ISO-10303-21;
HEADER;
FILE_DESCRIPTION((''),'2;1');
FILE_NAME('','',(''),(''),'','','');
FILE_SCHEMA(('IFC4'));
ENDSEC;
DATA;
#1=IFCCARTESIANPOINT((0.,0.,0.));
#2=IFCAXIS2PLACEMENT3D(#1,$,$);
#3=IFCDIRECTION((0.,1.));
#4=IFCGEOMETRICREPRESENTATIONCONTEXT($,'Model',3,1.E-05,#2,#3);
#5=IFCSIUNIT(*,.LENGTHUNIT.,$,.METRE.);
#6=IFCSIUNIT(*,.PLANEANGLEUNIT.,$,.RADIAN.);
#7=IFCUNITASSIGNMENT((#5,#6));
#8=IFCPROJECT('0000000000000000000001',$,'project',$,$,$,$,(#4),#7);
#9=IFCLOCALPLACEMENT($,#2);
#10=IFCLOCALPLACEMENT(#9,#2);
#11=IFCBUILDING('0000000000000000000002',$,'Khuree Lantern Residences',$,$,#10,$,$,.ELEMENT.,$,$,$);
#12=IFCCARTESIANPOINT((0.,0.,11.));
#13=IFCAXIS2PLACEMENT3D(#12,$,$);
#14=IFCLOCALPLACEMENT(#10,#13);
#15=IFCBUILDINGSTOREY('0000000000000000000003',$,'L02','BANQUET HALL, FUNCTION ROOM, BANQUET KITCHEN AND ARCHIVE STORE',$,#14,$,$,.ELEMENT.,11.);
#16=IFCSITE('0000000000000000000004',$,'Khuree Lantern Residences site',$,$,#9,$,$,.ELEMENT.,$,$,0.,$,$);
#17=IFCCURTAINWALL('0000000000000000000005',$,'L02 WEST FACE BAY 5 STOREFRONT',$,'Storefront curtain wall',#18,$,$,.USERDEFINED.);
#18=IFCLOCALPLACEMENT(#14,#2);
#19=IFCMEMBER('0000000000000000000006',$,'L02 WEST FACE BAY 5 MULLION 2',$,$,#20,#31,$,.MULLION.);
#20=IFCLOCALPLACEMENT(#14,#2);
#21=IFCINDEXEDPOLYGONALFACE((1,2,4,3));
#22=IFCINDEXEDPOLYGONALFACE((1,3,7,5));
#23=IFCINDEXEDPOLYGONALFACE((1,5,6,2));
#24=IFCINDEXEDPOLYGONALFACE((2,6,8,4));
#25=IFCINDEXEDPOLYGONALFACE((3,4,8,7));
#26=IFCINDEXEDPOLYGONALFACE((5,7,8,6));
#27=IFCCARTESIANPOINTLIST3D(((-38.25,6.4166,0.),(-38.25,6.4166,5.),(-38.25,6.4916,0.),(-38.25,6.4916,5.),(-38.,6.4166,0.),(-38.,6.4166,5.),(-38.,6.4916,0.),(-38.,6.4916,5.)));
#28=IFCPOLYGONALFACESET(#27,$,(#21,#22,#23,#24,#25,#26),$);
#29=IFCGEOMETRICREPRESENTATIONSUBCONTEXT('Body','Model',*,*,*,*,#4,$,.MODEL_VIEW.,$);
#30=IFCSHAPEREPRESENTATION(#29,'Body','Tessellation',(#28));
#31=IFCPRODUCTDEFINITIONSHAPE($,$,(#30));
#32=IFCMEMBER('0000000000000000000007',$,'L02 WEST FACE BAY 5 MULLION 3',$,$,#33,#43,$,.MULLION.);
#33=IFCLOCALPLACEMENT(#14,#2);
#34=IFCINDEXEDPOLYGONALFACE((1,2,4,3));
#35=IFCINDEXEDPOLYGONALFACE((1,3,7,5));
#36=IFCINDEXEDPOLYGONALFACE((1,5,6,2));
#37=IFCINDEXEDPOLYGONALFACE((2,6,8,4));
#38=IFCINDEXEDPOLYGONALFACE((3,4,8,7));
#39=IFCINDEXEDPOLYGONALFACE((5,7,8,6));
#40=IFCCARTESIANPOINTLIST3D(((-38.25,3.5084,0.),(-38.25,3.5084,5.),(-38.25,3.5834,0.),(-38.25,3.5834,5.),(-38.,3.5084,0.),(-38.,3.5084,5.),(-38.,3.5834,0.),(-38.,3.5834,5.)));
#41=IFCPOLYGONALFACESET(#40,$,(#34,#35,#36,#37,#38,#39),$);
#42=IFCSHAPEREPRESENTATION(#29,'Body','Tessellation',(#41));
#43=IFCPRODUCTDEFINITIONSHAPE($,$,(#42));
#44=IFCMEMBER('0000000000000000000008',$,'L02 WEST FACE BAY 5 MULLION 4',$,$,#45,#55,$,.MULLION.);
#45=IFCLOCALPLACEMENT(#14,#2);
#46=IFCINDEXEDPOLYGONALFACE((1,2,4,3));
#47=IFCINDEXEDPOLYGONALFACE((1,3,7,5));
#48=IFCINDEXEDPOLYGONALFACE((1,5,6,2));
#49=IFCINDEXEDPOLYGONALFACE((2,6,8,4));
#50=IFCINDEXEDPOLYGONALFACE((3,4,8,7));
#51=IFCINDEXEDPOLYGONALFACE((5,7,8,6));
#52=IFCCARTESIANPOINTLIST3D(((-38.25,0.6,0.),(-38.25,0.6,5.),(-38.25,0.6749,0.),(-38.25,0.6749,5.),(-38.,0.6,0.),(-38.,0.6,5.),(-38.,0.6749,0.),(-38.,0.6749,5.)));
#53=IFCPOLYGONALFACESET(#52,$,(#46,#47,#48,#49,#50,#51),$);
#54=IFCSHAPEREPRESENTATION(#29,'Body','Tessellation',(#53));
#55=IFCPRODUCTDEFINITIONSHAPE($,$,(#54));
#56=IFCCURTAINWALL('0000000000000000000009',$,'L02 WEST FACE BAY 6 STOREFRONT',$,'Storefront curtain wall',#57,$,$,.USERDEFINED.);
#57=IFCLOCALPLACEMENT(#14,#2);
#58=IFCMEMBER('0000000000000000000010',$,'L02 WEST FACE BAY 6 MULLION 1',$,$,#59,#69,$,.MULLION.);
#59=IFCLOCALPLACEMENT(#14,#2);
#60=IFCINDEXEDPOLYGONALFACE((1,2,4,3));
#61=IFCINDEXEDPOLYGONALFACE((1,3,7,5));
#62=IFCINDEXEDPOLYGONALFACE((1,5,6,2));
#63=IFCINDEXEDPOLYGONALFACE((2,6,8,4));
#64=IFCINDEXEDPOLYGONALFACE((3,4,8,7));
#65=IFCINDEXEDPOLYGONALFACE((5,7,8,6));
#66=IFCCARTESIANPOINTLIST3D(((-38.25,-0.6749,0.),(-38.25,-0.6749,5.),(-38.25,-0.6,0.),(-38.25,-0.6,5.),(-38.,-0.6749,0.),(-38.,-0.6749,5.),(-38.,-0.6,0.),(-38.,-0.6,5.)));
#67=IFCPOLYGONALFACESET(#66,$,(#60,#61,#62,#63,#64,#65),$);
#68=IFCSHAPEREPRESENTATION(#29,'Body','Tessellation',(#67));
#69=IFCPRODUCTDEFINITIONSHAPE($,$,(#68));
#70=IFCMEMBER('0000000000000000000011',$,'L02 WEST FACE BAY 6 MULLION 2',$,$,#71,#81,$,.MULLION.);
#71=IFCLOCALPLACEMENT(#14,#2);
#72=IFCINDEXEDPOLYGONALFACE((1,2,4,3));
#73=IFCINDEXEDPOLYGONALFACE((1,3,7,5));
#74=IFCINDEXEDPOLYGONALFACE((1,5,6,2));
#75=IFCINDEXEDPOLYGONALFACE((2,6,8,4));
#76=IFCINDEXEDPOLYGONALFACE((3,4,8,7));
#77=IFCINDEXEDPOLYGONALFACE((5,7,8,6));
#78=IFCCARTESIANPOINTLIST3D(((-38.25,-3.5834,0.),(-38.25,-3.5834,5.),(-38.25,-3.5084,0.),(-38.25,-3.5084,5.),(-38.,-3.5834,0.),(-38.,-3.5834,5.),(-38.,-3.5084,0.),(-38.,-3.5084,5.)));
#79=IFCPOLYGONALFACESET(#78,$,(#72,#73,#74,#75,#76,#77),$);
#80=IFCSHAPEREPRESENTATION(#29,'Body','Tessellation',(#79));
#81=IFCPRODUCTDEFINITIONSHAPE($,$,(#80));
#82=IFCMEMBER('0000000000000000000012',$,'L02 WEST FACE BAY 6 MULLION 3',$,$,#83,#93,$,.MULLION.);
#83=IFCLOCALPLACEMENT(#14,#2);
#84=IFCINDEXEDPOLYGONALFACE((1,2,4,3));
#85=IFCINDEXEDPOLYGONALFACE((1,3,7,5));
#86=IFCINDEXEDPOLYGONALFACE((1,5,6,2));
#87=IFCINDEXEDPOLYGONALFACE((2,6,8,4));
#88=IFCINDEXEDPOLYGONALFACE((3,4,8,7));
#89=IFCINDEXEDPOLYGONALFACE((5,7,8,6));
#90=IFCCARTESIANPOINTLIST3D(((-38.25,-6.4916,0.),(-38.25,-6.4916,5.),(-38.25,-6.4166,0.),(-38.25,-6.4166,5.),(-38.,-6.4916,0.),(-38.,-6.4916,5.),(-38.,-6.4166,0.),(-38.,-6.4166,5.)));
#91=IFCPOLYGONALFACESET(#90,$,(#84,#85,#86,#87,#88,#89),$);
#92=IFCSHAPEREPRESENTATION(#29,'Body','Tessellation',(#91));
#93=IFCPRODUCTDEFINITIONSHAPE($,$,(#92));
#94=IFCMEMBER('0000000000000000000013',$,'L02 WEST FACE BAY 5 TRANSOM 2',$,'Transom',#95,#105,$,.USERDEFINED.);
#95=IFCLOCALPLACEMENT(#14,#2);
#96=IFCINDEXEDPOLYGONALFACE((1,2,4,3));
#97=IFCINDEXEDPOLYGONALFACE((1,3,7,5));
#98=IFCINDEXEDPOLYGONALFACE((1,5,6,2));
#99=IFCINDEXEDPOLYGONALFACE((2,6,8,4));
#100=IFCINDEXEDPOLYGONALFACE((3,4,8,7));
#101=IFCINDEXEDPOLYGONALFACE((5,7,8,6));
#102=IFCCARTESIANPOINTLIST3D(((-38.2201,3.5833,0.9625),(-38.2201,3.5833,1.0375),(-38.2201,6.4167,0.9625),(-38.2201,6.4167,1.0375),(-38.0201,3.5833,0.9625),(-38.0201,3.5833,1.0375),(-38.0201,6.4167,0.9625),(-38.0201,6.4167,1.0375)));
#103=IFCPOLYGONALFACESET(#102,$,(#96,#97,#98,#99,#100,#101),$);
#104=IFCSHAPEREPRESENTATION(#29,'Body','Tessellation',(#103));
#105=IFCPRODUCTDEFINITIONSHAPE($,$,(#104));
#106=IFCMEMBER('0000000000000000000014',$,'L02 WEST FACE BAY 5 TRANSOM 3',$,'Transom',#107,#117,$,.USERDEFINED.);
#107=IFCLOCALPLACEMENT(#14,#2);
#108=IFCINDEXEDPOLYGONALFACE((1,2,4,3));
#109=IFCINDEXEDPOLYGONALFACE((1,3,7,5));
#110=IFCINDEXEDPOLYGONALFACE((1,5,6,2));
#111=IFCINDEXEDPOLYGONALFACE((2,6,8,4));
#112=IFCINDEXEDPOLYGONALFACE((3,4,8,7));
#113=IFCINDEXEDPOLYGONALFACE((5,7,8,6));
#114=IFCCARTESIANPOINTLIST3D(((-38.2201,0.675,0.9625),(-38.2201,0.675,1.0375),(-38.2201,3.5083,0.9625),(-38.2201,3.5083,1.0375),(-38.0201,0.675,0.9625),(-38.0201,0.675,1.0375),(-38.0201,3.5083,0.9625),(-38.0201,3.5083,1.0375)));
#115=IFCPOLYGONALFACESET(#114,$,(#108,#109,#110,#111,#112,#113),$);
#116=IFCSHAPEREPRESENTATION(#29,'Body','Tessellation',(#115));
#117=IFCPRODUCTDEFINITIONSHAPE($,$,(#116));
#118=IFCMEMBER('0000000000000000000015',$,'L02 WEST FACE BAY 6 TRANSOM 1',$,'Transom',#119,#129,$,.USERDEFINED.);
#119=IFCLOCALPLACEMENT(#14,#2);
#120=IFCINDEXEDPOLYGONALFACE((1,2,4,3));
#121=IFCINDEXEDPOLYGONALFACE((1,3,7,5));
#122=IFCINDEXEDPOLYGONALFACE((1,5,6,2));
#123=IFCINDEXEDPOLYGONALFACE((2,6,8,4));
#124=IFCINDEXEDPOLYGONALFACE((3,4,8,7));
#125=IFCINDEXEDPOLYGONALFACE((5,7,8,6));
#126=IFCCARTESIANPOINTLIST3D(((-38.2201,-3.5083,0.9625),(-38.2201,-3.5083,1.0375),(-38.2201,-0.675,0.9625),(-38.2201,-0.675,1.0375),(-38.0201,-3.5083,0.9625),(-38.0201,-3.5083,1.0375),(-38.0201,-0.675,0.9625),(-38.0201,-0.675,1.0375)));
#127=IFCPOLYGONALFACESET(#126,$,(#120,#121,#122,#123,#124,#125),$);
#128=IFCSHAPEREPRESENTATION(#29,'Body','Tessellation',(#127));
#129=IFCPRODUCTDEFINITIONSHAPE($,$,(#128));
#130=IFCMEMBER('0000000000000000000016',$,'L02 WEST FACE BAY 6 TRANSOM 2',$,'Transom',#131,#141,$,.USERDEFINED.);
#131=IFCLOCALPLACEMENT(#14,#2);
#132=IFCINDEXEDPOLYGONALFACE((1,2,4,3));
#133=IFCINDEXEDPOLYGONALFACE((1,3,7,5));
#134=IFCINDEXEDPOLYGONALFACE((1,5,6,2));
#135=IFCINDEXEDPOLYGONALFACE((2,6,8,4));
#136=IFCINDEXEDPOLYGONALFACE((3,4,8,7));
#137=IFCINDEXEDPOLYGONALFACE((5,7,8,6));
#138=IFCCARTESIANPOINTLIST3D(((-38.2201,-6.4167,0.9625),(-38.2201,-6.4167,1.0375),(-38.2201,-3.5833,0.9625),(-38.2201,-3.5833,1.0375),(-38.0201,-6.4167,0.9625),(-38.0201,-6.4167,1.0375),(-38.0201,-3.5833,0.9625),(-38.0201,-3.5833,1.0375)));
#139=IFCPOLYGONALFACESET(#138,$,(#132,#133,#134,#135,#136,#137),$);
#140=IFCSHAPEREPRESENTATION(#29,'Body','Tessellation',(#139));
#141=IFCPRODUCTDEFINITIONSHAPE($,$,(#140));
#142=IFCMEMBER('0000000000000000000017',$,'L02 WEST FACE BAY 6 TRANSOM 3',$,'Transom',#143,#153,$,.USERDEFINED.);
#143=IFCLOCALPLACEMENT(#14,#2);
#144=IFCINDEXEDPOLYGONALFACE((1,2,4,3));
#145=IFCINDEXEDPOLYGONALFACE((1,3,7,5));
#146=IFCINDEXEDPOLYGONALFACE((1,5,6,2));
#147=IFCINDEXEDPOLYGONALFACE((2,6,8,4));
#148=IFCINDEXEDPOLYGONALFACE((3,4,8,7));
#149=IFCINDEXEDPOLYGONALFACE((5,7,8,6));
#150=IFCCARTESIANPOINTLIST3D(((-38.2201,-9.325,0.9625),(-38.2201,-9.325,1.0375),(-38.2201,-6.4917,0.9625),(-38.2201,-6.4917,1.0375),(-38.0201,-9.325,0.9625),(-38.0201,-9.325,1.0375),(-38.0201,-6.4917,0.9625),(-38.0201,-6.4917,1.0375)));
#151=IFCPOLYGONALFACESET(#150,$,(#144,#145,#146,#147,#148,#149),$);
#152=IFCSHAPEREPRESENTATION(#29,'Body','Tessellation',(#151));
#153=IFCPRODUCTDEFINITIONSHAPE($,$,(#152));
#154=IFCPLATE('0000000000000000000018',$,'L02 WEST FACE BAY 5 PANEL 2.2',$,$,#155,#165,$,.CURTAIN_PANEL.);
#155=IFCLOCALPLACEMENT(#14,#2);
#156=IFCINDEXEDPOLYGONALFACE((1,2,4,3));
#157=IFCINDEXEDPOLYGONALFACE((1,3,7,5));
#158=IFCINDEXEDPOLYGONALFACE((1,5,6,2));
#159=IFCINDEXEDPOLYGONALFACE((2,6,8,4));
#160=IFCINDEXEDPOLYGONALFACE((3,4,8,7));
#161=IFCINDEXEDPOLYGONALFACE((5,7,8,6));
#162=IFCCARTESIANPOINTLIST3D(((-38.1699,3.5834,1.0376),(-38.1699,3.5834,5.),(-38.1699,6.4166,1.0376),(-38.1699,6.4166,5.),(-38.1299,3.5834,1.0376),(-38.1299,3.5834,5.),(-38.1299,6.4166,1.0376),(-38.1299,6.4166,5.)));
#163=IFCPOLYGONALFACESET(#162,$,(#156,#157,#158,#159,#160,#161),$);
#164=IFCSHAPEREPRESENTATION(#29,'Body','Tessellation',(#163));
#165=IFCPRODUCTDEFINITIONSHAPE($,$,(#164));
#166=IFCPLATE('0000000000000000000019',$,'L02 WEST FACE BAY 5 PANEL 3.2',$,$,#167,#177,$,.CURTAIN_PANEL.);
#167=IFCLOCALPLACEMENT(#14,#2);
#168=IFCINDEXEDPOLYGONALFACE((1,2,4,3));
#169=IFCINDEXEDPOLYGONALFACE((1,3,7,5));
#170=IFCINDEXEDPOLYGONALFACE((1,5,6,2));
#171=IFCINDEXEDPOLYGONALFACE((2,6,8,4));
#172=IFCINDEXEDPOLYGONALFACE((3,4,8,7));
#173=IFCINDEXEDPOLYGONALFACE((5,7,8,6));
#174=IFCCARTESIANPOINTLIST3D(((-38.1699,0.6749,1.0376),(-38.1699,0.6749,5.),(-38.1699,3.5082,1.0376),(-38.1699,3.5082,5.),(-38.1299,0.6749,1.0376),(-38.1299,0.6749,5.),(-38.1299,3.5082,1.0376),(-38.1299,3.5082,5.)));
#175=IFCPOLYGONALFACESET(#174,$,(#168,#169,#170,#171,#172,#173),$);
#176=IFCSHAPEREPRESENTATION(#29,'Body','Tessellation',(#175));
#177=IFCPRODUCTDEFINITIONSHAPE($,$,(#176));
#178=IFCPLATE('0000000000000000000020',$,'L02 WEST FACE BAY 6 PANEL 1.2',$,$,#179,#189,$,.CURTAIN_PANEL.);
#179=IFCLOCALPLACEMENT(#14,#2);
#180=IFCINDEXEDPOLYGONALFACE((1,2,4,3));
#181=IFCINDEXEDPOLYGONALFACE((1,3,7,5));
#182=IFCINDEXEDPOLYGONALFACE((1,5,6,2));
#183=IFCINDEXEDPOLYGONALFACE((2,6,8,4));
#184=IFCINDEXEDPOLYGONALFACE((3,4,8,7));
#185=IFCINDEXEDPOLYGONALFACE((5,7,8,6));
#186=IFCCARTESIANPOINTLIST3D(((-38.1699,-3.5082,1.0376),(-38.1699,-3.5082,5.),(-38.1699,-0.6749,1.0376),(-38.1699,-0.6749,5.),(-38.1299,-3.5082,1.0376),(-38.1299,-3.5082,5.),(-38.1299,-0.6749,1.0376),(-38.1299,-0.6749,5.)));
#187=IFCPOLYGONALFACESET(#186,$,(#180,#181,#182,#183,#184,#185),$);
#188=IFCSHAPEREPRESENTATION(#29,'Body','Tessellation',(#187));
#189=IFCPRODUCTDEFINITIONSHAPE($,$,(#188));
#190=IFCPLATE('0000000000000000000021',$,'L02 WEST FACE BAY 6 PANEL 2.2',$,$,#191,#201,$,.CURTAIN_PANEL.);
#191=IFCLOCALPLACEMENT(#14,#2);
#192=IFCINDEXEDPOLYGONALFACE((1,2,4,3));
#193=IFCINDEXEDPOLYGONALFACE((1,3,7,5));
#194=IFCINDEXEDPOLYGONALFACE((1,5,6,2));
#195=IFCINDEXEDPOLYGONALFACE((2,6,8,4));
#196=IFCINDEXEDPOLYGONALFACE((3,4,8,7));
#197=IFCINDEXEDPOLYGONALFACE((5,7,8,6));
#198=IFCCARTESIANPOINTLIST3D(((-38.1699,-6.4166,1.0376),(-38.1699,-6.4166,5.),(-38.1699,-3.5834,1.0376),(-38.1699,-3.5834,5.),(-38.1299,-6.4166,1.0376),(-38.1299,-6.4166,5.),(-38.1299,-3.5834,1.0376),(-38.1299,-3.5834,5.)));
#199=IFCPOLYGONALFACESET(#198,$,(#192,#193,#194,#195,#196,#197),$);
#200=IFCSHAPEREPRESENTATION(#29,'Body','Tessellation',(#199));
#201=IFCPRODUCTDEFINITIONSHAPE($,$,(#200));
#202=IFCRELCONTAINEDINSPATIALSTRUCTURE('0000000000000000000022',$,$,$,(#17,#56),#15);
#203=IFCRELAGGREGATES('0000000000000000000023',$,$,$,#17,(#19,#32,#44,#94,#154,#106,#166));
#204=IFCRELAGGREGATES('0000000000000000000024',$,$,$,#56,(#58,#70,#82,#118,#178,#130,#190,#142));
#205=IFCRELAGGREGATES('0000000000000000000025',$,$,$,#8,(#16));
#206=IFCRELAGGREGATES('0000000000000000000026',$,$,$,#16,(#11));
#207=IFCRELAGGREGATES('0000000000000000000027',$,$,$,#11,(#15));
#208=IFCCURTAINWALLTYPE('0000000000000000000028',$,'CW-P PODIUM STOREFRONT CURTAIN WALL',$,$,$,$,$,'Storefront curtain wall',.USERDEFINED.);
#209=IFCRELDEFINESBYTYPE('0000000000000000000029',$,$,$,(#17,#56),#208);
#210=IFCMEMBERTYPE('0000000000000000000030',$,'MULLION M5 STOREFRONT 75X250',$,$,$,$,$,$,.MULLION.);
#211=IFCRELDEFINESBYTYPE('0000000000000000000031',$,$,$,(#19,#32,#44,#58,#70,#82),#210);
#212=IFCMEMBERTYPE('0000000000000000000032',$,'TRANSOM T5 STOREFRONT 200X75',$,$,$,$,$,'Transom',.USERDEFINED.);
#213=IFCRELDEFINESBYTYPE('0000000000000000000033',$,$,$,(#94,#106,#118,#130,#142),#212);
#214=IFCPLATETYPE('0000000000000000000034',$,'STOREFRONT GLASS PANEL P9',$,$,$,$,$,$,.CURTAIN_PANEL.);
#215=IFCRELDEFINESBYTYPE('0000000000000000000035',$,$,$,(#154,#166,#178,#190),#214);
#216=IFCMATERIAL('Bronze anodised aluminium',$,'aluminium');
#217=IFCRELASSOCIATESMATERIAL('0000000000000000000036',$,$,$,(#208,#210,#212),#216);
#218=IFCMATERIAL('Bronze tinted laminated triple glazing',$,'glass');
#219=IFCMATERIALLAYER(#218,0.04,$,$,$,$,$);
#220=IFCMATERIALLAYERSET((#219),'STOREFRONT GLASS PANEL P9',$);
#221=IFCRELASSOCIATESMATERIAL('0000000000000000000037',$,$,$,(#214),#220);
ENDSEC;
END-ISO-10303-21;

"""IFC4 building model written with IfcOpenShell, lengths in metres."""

from ifc_helpers import new_model, si_unit, direction, frame, origin, origin_2d, place, context, subcontext, project, spatial, rectangle, extrude, material, layer, layer_set, material_profile, profile_set, type_object, element, aggregate, save


model = new_model("IFC4")

# Units and contexts
model_context = context("Model", 3, precision=1e-05, world=origin(), true_north=direction((0.0, 1.0)))
body_context = subcontext(model_context, "Body", "Model", "MODEL_VIEW")
ifc_project = project(units=[si_unit("LENGTHUNIT", "METRE"), si_unit("PLANEANGLEUNIT", "RADIAN")], contexts=[model_context])

# Site, building, storey
site_placement = place(None, origin())
site = spatial("IfcSite", under=ifc_project, at=site_placement, Name="Khuree Lantern Residences site", CompositionType="ELEMENT", RefElevation=0.0)
building_placement = place(site_placement, origin())
building = spatial("IfcBuilding", under=site, at=building_placement, Name="Khuree Lantern Residences", CompositionType="ELEMENT")
storey_placement = place(building_placement, frame((0.0, 0.0, 11.0)))
storey = spatial("IfcBuildingStorey", under=building, at=storey_placement, Name="L02", Description="BANQUET HALL, FUNCTION ROOM, BANQUET KITCHEN AND ARCHIVE STORE", CompositionType="ELEMENT", Elevation=11.0)

# Curtain walls, members
ifc_material_1 = material(Name="Bronze anodised aluminium", Category="aluminium")
curtain_wall_type = type_object("IfcCurtainWallType", Name="CW-P PODIUM STOREFRONT CURTAIN WALL", ElementType="Storefront curtain wall", PredefinedType="USERDEFINED", material=ifc_material_1)
curtain_wall_1_placement = place(storey_placement, origin())
curtain_wall_1 = element("IfcCurtainWall", 1, at=curtain_wall_1_placement, inside=storey, type_object=curtain_wall_type, Name="L02 WEST FACE BAY 5 STOREFRONT", ObjectType="Storefront curtain wall", PredefinedType="USERDEFINED")
ifc_material_profile_1 = material_profile(ifc_material_1, rectangle(XDim=0.075, YDim=0.25, at=origin_2d()), Name="M5 75X250")
ifc_profile_set_1 = profile_set([ifc_material_profile_1], Name="Bronze anodised aluminium")
member_type_1 = type_object("IfcMemberType", Name="MULLION M5 STOREFRONT 75X250", PredefinedType="MULLION", material=ifc_profile_set_1)
member_1_placement = place(storey_placement, frame((-38.125, 6.4541, 0.0), z_axis=(0.0, 0.0, 1.0), x_axis=(0.0, -1.0, 0.0)))
member_1 = element("IfcMember", 2, at=member_1_placement, type_object=member_type_1, Name="L02 WEST FACE BAY 5 MULLION 2", PredefinedType="MULLION", context=body_context, shape_type="SweptSolid", body=[
    extrude(rectangle(XDim=0.075, YDim=0.25, at=origin_2d()), origin(), (0.0, 0.0, 1.0), 5.0),
])
member_2_placement = place(storey_placement, frame((-38.125, 3.5459, 0.0), z_axis=(0.0, 0.0, 1.0), x_axis=(0.0, -1.0, 0.0)))
member_2 = element("IfcMember", 3, at=member_2_placement, type_object=member_type_1, Name="L02 WEST FACE BAY 5 MULLION 3", PredefinedType="MULLION", context=body_context, shape_type="SweptSolid", body=[
    extrude(rectangle(XDim=0.075, YDim=0.25, at=origin_2d()), origin(), (0.0, 0.0, 1.0), 5.0),
])
member_3_placement = place(storey_placement, frame((-38.125, 0.6375, 0.0), z_axis=(0.0, 0.0, 1.0), x_axis=(0.0, -1.0, 0.0)))
member_3 = element("IfcMember", 4, at=member_3_placement, type_object=member_type_1, Name="L02 WEST FACE BAY 5 MULLION 4", PredefinedType="MULLION", context=body_context, shape_type="SweptSolid", body=[
    extrude(rectangle(XDim=0.075, YDim=0.25, at=origin_2d()), origin(), (0.0, 0.0, 1.0), 5.0),
])
curtain_wall_2_placement = place(storey_placement, origin())
curtain_wall_2 = element("IfcCurtainWall", 5, at=curtain_wall_2_placement, inside=storey, type_object=curtain_wall_type, Name="L02 WEST FACE BAY 6 STOREFRONT", ObjectType="Storefront curtain wall", PredefinedType="USERDEFINED")
member_4_placement = place(storey_placement, frame((-38.125, -0.6375, 0.0), z_axis=(0.0, 0.0, 1.0), x_axis=(0.0, -1.0, 0.0)))
member_4 = element("IfcMember", 6, at=member_4_placement, type_object=member_type_1, Name="L02 WEST FACE BAY 6 MULLION 1", PredefinedType="MULLION", context=body_context, shape_type="SweptSolid", body=[
    extrude(rectangle(XDim=0.075, YDim=0.25, at=origin_2d()), origin(), (0.0, 0.0, 1.0), 5.0),
])
member_5_placement = place(storey_placement, frame((-38.125, -3.5459, 0.0), z_axis=(0.0, 0.0, 1.0), x_axis=(0.0, -1.0, 0.0)))
member_5 = element("IfcMember", 7, at=member_5_placement, type_object=member_type_1, Name="L02 WEST FACE BAY 6 MULLION 2", PredefinedType="MULLION", context=body_context, shape_type="SweptSolid", body=[
    extrude(rectangle(XDim=0.075, YDim=0.25, at=origin_2d()), origin(), (0.0, 0.0, 1.0), 5.0),
])
member_6_placement = place(storey_placement, frame((-38.125, -6.4541, 0.0), z_axis=(0.0, 0.0, 1.0), x_axis=(0.0, -1.0, 0.0)))
member_6 = element("IfcMember", 8, at=member_6_placement, type_object=member_type_1, Name="L02 WEST FACE BAY 6 MULLION 3", PredefinedType="MULLION", context=body_context, shape_type="SweptSolid", body=[
    extrude(rectangle(XDim=0.075, YDim=0.25, at=origin_2d()), origin(), (0.0, 0.0, 1.0), 5.0),
])

# Members
ifc_material_profile_2 = material_profile(ifc_material_1, rectangle(XDim=0.2, YDim=0.075, at=origin_2d()), Name="T5 200X75")
ifc_profile_set_2 = profile_set([ifc_material_profile_2], Name="Bronze anodised aluminium")
member_type_2 = type_object("IfcMemberType", Name="TRANSOM T5 STOREFRONT 200X75", ElementType="Transom", PredefinedType="USERDEFINED", material=ifc_profile_set_2)
member_7_placement = place(storey_placement, frame((-38.1201, 6.4167, 1.0), z_axis=(0.0, -1.0, 0.0), x_axis=(1.0, 0.0, 0.0)))
member_7 = element("IfcMember", 9, at=member_7_placement, type_object=member_type_2, Name="L02 WEST FACE BAY 5 TRANSOM 2", ObjectType="Transom", PredefinedType="USERDEFINED", context=body_context, shape_type="SweptSolid", body=[
    extrude(rectangle(XDim=0.2, YDim=0.075, at=origin_2d()), origin(), (0.0, 0.0, 1.0), 2.8335),
])
member_8_placement = place(storey_placement, frame((-38.1201, 3.5083, 1.0), z_axis=(0.0, -1.0, 0.0), x_axis=(1.0, 0.0, 0.0)))
member_8 = element("IfcMember", 10, at=member_8_placement, type_object=member_type_2, Name="L02 WEST FACE BAY 5 TRANSOM 3", ObjectType="Transom", PredefinedType="USERDEFINED", context=body_context, shape_type="SweptSolid", body=[
    extrude(rectangle(XDim=0.2, YDim=0.075, at=origin_2d()), origin(), (0.0, 0.0, 1.0), 2.8333),
])
member_9_placement = place(storey_placement, frame((-38.1201, -0.675, 1.0), z_axis=(0.0, -1.0, 0.0), x_axis=(1.0, 0.0, 0.0)))
member_9 = element("IfcMember", 11, at=member_9_placement, type_object=member_type_2, Name="L02 WEST FACE BAY 6 TRANSOM 1", ObjectType="Transom", PredefinedType="USERDEFINED", context=body_context, shape_type="SweptSolid", body=[
    extrude(rectangle(XDim=0.2, YDim=0.075, at=origin_2d()), origin(), (0.0, 0.0, 1.0), 2.8333),
])
member_10_placement = place(storey_placement, frame((-38.1201, -3.5833, 1.0), z_axis=(0.0, -1.0, 0.0), x_axis=(1.0, 0.0, 0.0)))
member_10 = element("IfcMember", 12, at=member_10_placement, type_object=member_type_2, Name="L02 WEST FACE BAY 6 TRANSOM 2", ObjectType="Transom", PredefinedType="USERDEFINED", context=body_context, shape_type="SweptSolid", body=[
    extrude(rectangle(XDim=0.2, YDim=0.075, at=origin_2d()), origin(), (0.0, 0.0, 1.0), 2.8335),
])
member_11_placement = place(storey_placement, frame((-38.1201, -6.4917, 1.0), z_axis=(0.0, -1.0, 0.0), x_axis=(1.0, 0.0, 0.0)))
member_11 = element("IfcMember", 13, at=member_11_placement, type_object=member_type_2, Name="L02 WEST FACE BAY 6 TRANSOM 3", ObjectType="Transom", PredefinedType="USERDEFINED", context=body_context, shape_type="SweptSolid", body=[
    extrude(rectangle(XDim=0.2, YDim=0.075, at=origin_2d()), origin(), (0.0, 0.0, 1.0), 2.8333),
])

# Plates
ifc_material_2 = material(Name="Bronze tinted laminated triple glazing", Category="glass")
ifc_layer_1 = layer(ifc_material_2, 0.04)
ifc_layer_set_1 = layer_set([ifc_layer_1], Name="STOREFRONT GLASS PANEL P9")
plate_type_1 = type_object("IfcPlateType", Name="STOREFRONT GLASS PANEL P9", PredefinedType="CURTAIN_PANEL", material=ifc_layer_set_1)
plate_1_placement = place(storey_placement, frame((-38.1499, 5.0, 1.0376), z_axis=(0.0, 0.0, 1.0), x_axis=(0.0, -1.0, 0.0)))
plate_1 = element("IfcPlate", 14, at=plate_1_placement, type_object=plate_type_1, Name="L02 WEST FACE BAY 5 PANEL 2.2", PredefinedType="CURTAIN_PANEL", context=body_context, shape_type="SweptSolid", body=[
    extrude(rectangle(XDim=2.8333, YDim=0.04, at=origin_2d()), origin(), (0.0, 0.0, 1.0), 3.9624),
])
plate_2_placement = place(storey_placement, frame((-38.1499, 2.0916, 1.0376), z_axis=(0.0, 0.0, 1.0), x_axis=(0.0, -1.0, 0.0)))
plate_2 = element("IfcPlate", 15, at=plate_2_placement, type_object=plate_type_1, Name="L02 WEST FACE BAY 5 PANEL 3.2", PredefinedType="CURTAIN_PANEL", context=body_context, shape_type="SweptSolid", body=[
    extrude(rectangle(XDim=2.8333, YDim=0.04, at=origin_2d()), origin(), (0.0, 0.0, 1.0), 3.9624),
])
plate_3_placement = place(storey_placement, frame((-38.1499, -2.0916, 1.0376), z_axis=(0.0, 0.0, 1.0), x_axis=(0.0, -1.0, 0.0)))
plate_3 = element("IfcPlate", 16, at=plate_3_placement, type_object=plate_type_1, Name="L02 WEST FACE BAY 6 PANEL 1.2", PredefinedType="CURTAIN_PANEL", context=body_context, shape_type="SweptSolid", body=[
    extrude(rectangle(XDim=2.8333, YDim=0.04, at=origin_2d()), origin(), (0.0, 0.0, 1.0), 3.9624),
])
plate_4_placement = place(storey_placement, frame((-38.1499, -5.0, 1.0376), z_axis=(0.0, 0.0, 1.0), x_axis=(0.0, -1.0, 0.0)))
plate_4 = element("IfcPlate", 17, at=plate_4_placement, type_object=plate_type_1, Name="L02 WEST FACE BAY 6 PANEL 2.2", PredefinedType="CURTAIN_PANEL", context=body_context, shape_type="SweptSolid", body=[
    extrude(rectangle(XDim=2.8333, YDim=0.04, at=origin_2d()), origin(), (0.0, 0.0, 1.0), 3.9624),
])
aggregate(curtain_wall_1, [member_1, member_2, member_3, member_7, plate_1, member_8, plate_2])
aggregate(curtain_wall_2, [member_4, member_5, member_6, member_9, plate_3, member_10, plate_4, member_11])

save(model, "model.ifc")
